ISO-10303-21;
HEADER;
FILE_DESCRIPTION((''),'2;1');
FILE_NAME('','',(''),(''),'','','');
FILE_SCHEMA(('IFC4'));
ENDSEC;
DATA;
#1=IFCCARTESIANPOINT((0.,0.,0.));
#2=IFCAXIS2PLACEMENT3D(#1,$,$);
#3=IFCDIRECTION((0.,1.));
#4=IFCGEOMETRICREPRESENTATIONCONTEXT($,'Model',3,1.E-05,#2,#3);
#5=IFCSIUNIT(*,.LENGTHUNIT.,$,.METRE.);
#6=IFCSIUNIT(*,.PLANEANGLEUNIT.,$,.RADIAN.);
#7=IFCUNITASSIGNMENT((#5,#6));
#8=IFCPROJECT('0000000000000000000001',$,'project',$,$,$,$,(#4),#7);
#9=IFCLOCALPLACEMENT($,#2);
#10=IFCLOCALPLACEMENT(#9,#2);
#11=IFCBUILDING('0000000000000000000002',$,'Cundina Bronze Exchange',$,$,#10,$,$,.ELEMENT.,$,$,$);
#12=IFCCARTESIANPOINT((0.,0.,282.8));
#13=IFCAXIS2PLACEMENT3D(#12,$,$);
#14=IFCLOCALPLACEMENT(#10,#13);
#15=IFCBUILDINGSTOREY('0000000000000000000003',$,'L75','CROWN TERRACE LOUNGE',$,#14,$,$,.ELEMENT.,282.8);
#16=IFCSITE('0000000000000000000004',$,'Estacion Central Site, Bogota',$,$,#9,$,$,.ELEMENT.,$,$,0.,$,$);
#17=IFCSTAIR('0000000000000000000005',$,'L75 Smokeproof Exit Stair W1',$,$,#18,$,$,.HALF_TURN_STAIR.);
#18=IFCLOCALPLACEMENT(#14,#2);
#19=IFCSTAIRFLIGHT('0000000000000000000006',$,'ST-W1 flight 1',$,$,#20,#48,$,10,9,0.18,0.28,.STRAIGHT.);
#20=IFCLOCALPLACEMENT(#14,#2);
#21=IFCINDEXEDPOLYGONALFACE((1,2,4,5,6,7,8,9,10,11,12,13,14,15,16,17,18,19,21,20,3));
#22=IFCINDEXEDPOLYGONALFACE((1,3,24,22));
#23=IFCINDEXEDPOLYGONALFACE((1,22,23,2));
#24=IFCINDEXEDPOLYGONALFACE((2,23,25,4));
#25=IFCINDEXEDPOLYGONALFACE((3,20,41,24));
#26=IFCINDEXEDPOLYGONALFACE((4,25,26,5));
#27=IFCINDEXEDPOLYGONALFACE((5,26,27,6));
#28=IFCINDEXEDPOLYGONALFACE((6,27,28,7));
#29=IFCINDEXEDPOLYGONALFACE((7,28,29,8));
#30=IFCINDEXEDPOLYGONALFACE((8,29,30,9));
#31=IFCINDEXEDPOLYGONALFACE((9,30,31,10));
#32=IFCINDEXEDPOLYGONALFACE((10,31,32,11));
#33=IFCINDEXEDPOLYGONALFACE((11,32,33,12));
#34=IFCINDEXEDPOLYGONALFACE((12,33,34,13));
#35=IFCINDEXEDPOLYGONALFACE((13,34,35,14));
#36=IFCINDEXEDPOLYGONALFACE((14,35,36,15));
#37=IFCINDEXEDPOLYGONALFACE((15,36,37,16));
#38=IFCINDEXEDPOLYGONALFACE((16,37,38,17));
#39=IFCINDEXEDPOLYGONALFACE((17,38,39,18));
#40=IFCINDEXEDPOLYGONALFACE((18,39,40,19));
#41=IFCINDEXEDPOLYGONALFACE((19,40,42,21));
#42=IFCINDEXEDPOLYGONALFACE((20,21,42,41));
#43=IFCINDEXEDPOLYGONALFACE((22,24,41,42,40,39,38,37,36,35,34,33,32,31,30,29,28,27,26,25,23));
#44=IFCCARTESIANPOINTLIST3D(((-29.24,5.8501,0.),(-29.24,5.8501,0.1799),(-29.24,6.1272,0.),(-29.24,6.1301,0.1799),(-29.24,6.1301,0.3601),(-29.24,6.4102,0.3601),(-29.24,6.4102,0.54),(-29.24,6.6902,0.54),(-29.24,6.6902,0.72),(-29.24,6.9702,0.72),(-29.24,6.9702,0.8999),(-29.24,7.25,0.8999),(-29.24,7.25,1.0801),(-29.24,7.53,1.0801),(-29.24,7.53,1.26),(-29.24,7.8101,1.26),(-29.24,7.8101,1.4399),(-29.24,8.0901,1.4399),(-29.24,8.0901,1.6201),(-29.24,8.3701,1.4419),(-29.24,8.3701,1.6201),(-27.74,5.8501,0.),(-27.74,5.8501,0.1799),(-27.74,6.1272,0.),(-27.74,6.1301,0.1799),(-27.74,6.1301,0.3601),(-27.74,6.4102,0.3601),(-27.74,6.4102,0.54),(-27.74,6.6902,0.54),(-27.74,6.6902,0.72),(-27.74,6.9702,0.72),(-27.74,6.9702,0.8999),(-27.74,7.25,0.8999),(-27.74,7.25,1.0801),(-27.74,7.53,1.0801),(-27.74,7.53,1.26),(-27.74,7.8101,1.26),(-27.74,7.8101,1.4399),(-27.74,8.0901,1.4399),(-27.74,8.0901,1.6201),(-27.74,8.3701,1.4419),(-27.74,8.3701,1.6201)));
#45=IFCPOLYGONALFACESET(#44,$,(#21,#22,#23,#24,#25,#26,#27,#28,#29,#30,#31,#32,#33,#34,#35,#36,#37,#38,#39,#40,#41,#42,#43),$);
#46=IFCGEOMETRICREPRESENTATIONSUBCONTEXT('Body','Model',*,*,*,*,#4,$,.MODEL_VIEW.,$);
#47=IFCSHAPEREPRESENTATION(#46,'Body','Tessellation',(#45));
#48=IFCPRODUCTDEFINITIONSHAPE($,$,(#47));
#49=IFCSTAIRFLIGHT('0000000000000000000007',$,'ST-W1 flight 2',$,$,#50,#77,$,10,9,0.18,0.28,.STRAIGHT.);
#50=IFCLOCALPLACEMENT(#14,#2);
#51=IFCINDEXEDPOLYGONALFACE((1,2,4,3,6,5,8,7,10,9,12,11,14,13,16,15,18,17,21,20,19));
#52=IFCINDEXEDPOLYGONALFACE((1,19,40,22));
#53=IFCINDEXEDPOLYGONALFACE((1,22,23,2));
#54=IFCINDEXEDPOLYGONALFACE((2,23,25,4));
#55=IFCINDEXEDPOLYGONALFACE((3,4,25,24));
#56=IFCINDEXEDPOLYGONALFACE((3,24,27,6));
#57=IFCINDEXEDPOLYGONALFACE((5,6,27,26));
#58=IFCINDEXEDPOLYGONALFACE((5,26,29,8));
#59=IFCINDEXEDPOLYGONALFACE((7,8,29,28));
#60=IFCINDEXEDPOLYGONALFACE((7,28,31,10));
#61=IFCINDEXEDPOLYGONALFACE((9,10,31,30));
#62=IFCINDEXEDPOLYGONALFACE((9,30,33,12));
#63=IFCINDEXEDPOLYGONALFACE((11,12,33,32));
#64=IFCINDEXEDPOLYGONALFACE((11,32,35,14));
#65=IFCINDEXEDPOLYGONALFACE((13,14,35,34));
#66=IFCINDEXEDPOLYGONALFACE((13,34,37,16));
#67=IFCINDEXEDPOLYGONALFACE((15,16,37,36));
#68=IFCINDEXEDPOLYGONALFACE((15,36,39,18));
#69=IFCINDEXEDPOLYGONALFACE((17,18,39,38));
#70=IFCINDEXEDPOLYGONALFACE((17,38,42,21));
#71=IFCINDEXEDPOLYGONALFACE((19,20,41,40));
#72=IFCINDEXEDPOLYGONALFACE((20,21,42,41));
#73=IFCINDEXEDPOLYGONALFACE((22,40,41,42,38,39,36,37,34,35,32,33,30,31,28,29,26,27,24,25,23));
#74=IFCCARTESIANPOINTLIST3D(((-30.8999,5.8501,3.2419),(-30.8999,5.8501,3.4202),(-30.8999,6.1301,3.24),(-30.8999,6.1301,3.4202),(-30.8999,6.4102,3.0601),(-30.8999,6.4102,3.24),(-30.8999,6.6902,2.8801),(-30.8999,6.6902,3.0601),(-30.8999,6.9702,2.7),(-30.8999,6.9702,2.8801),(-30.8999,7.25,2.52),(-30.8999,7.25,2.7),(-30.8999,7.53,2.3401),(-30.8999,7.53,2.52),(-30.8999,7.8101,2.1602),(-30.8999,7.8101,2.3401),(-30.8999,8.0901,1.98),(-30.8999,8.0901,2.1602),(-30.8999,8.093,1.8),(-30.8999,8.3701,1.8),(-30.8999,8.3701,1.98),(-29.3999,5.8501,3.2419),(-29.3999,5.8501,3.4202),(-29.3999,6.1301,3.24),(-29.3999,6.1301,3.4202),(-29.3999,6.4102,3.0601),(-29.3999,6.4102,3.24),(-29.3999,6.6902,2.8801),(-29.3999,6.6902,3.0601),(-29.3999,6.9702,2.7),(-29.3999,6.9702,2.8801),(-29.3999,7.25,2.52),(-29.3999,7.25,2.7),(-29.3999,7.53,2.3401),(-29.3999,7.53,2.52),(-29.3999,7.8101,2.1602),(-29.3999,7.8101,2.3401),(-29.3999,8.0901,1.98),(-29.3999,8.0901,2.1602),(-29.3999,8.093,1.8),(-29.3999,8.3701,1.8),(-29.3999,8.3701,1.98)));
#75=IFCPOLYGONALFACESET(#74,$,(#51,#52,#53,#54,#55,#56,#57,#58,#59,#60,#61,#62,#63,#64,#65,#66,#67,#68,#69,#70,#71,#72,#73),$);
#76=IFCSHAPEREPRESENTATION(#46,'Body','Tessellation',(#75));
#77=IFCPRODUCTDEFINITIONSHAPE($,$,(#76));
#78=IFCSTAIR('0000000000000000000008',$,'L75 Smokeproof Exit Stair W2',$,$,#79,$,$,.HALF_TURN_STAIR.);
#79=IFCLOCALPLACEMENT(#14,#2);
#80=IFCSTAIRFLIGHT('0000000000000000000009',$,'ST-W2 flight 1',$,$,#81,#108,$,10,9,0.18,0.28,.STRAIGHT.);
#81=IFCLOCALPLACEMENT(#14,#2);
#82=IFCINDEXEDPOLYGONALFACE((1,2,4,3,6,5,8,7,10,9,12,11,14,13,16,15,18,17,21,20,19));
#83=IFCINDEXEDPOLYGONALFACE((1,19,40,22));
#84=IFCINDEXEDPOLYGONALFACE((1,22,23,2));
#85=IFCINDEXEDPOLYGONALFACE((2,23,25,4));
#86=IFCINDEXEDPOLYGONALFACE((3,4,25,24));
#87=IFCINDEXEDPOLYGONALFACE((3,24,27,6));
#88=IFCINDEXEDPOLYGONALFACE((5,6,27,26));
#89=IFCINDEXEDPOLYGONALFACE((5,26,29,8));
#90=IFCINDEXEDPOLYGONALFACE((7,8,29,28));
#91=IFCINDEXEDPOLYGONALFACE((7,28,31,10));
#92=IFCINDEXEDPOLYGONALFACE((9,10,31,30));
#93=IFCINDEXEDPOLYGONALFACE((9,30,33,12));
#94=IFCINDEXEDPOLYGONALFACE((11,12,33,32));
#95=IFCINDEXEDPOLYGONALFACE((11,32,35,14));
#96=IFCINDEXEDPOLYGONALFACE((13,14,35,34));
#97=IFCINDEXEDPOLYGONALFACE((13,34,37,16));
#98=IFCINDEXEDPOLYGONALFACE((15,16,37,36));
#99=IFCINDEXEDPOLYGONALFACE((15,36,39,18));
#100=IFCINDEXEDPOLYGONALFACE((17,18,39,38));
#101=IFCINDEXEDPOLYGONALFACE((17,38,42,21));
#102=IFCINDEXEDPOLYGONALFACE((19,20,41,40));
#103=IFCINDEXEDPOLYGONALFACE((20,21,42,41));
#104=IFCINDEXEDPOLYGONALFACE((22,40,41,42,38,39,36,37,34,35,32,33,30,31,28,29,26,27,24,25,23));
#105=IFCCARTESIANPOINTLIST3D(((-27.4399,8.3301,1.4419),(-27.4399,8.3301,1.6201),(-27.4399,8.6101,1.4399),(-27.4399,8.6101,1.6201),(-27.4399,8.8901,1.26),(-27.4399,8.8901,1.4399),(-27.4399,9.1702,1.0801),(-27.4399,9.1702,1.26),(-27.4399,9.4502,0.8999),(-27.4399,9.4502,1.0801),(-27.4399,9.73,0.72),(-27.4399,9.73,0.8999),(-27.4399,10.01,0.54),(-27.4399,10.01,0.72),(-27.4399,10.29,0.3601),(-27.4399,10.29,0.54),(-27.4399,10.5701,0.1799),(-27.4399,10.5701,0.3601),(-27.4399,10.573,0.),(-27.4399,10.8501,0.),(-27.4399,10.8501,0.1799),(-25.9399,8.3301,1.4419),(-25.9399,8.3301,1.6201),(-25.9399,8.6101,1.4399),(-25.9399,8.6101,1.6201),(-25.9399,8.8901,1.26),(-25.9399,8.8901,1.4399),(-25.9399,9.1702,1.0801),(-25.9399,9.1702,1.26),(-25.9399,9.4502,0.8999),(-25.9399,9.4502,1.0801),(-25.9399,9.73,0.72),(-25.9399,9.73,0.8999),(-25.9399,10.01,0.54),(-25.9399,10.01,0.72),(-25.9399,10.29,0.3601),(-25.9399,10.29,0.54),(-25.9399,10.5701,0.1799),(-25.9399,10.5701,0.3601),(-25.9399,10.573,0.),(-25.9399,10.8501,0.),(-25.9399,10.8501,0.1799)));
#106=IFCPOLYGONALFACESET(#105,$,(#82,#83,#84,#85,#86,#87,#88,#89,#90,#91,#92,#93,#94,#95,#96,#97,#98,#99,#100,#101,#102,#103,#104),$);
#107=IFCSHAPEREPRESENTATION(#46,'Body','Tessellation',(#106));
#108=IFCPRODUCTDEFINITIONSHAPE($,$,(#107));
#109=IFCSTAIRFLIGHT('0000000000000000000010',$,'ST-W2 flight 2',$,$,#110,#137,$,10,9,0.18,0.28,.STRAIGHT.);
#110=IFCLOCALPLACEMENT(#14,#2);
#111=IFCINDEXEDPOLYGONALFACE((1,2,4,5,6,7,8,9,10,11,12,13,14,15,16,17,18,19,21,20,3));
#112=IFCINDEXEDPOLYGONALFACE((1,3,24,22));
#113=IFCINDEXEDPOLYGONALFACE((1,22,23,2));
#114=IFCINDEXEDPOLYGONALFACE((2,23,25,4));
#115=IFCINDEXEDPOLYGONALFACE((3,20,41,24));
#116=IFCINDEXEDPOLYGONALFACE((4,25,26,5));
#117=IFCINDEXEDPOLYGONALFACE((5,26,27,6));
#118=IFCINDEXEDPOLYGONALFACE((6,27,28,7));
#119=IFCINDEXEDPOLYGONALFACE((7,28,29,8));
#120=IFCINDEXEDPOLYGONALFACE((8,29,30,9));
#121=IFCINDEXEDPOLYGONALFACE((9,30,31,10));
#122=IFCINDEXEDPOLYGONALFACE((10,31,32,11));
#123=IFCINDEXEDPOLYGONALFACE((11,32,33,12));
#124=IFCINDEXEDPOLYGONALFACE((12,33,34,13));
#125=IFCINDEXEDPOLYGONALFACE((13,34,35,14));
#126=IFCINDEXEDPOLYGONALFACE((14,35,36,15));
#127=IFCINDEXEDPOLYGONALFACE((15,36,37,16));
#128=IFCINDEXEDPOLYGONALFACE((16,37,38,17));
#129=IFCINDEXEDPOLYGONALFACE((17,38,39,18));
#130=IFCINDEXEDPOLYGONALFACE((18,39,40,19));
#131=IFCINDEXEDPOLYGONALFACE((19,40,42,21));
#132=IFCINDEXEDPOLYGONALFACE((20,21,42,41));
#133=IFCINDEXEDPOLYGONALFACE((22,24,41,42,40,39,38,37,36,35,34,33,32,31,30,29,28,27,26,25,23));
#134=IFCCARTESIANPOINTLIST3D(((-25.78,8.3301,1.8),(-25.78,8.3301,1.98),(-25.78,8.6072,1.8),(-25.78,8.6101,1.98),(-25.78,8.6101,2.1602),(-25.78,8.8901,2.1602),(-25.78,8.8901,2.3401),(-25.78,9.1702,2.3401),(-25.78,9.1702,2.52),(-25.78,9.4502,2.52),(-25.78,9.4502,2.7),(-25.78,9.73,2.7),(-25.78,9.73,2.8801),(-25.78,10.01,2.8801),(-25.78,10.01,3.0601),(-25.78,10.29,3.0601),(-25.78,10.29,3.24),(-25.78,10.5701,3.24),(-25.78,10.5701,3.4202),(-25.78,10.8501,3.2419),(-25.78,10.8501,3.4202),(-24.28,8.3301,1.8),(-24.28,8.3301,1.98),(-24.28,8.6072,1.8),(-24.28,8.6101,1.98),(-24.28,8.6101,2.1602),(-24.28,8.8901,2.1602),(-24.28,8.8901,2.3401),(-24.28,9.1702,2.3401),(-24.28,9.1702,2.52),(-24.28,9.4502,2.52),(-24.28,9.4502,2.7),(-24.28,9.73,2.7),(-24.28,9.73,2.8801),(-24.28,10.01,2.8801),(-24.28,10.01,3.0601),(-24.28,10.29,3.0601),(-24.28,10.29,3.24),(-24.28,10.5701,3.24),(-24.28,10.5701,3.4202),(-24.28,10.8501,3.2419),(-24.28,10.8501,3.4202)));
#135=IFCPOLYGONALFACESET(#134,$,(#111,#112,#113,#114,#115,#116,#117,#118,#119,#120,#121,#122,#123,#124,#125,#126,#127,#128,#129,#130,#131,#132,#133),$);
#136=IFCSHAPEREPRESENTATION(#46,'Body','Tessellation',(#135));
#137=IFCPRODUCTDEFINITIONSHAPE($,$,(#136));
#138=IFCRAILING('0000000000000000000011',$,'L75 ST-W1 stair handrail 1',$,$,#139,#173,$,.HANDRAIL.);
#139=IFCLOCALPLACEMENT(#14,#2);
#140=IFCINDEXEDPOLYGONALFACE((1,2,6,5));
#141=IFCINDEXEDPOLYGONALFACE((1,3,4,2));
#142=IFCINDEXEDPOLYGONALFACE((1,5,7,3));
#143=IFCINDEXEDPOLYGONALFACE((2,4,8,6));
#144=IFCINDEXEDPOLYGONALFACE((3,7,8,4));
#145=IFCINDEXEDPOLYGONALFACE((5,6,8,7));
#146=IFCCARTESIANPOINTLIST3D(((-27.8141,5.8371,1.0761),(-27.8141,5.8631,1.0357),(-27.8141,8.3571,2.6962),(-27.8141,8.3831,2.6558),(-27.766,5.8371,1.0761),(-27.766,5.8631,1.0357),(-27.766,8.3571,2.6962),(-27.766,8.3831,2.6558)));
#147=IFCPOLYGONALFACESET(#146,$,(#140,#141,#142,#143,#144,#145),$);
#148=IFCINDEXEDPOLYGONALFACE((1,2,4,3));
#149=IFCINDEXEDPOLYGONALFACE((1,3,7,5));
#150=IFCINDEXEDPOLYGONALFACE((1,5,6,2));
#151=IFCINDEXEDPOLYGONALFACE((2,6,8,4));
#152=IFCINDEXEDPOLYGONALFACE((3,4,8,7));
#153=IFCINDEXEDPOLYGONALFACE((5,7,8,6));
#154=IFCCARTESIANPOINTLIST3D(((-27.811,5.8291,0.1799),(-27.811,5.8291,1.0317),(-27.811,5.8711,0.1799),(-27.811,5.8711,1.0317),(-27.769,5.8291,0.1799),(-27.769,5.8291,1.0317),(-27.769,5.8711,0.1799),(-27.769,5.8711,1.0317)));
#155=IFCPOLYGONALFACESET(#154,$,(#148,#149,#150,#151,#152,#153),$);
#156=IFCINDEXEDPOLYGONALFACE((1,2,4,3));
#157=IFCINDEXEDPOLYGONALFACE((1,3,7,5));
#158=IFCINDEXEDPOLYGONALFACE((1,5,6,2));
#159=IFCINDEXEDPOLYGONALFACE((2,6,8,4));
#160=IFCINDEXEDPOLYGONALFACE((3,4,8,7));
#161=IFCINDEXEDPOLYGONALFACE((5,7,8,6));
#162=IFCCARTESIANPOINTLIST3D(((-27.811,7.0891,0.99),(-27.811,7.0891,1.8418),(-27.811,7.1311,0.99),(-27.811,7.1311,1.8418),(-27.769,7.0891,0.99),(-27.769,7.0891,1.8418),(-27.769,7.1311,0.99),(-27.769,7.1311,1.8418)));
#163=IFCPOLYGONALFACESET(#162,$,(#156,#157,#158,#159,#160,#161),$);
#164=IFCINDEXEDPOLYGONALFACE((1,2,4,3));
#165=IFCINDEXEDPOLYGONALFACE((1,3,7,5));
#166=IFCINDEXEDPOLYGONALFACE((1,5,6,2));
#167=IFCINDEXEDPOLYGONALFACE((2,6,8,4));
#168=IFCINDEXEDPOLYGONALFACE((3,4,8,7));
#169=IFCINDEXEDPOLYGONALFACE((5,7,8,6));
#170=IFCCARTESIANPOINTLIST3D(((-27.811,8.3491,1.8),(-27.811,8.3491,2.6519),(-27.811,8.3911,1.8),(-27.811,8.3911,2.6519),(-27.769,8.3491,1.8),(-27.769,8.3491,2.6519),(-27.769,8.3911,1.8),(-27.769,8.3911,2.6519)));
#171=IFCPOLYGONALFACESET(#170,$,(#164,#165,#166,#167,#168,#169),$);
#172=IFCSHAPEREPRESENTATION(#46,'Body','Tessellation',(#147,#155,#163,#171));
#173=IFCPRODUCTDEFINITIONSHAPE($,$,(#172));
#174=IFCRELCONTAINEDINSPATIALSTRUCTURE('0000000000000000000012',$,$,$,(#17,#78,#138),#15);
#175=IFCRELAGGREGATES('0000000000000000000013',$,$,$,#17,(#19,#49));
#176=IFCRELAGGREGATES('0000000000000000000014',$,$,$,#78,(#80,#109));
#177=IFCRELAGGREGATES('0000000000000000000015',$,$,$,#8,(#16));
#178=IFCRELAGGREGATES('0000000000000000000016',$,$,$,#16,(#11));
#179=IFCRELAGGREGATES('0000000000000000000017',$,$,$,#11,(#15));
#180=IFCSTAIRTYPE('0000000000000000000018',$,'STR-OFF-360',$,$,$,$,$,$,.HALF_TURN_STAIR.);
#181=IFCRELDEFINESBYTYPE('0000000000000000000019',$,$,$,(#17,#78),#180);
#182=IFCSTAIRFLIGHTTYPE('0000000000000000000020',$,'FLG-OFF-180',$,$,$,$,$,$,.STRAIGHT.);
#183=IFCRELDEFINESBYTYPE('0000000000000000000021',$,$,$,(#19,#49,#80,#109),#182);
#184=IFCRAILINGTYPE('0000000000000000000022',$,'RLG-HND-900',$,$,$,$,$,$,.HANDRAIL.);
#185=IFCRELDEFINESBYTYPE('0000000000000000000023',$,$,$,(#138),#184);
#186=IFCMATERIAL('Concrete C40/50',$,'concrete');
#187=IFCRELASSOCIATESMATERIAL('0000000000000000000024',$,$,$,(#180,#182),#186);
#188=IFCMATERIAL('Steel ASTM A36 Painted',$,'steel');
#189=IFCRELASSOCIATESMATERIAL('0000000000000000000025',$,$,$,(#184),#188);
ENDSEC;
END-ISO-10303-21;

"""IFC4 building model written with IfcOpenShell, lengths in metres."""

from ifc_helpers import new_model, si_unit, direction, frame, origin, origin_2d, place, context, subcontext, project, spatial, polyline, rectangle, outline, extrude, material, type_object, element, aggregate, save


model = new_model("IFC4")

# Units and contexts
model_context = context("Model", 3, precision=1e-05, world=origin(), true_north=direction((0.0, 1.0)))
body_context = subcontext(model_context, "Body", "Model", "MODEL_VIEW")
ifc_project = project(units=[si_unit("LENGTHUNIT", "METRE"), si_unit("PLANEANGLEUNIT", "RADIAN")], contexts=[model_context])

# Site, building, storey
site_placement = place(None, origin())
site = spatial("IfcSite", under=ifc_project, at=site_placement, Name="Estacion Central Site, Bogota", CompositionType="ELEMENT", RefElevation=0.0)
building_placement = place(site_placement, origin())
building = spatial("IfcBuilding", under=site, at=building_placement, Name="Cundina Bronze Exchange", CompositionType="ELEMENT")
storey_placement = place(building_placement, frame((0.0, 0.0, 282.8)))
storey = spatial("IfcBuildingStorey", under=building, at=storey_placement, Name="L75", Description="CROWN TERRACE LOUNGE", CompositionType="ELEMENT", Elevation=282.8)

# Shared definitions
ifc_material_1 = material(Name="Steel ASTM A36 Painted", Category="steel")

# Stairs, stair flights
ifc_material_2 = material(Name="Concrete C40/50", Category="concrete")
stair_type = type_object("IfcStairType", Name="STR-OFF-360", PredefinedType="HALF_TURN_STAIR", material=ifc_material_2)
stair_1_placement = place(storey_placement, origin())
stair_1 = element("IfcStair", 1, at=stair_1_placement, inside=storey, type_object=stair_type, Name="L75 Smokeproof Exit Stair W1", PredefinedType="HALF_TURN_STAIR")
stair_flight_type = type_object("IfcStairFlightType", Name="FLG-OFF-180", PredefinedType="STRAIGHT", material=ifc_material_2)
stair_flight_1_placement = place(storey_placement, frame((-28.49, 5.8501, 0.0), z_axis=(0.0, 0.0, 1.0), x_axis=(0.0, 1.0, 0.0)))
stair_flight_1 = element("IfcStairFlight", 2, at=stair_flight_1_placement, type_object=stair_flight_type, Name="ST-W1 flight 1", NumberOfRisers=10, NumberOfTreads=9, PredefinedType="STRAIGHT", RiserHeight=0.18, TreadLength=0.28, context=body_context, shape_type="SweptSolid", body=[
    extrude(outline(polyline([(0.0, 0.0), (0.0, 0.1799), (0.28, 0.1799), (0.28, 0.3601), (0.5601, 0.3601), (0.5601, 0.54), (0.8401, 0.54), (0.8401, 0.72), (1.1201, 0.72), (1.1201, 0.8999), (1.3999, 0.8999), (1.3999, 1.0801), (1.6799, 1.0801), (1.6799, 1.26), (1.96, 1.26), (1.96, 1.4399), (2.24, 1.4399), (2.24, 1.6201), (2.52, 1.6201), (2.52, 1.8), (2.52, 1.4419), (0.2771, 0.0), (0.0, 0.0)])), frame((0.0, 0.75, 0.0), z_axis=(0.0, -1.0, 0.0), x_axis=(1.0, 0.0, 0.0)), (0.0, 0.0, 1.0), 1.5),
])
stair_flight_2_placement = place(storey_placement, frame((-30.1499, 8.3701, 1.8), z_axis=(0.0, 0.0, 1.0), x_axis=(0.0, -1.0, 0.0)))
stair_flight_2 = element("IfcStairFlight", 3, at=stair_flight_2_placement, type_object=stair_flight_type, Name="ST-W1 flight 2", NumberOfRisers=10, NumberOfTreads=9, PredefinedType="STRAIGHT", RiserHeight=0.18, TreadLength=0.28, context=body_context, shape_type="SweptSolid", body=[
    extrude(outline(polyline([(0.0, 0.0), (0.0, 0.1799), (0.28, 0.1799), (0.28, 0.3601), (0.5601, 0.3601), (0.5601, 0.54), (0.8401, 0.54), (0.8401, 0.72), (1.1201, 0.72), (1.1201, 0.8999), (1.3999, 0.8999), (1.3999, 1.0801), (1.6799, 1.0801), (1.6799, 1.26), (1.96, 1.26), (1.96, 1.4399), (2.24, 1.4399), (2.24, 1.6201), (2.52, 1.6201), (2.52, 1.8), (2.52, 1.4419), (0.2771, 0.0), (0.0, 0.0)])), frame((0.0, 0.75, 0.0), z_axis=(0.0, -1.0, 0.0), x_axis=(1.0, 0.0, 0.0)), (0.0, 0.0, 1.0), 1.5),
])
aggregate(stair_1, [stair_flight_1, stair_flight_2])
stair_2_placement = place(storey_placement, origin())
stair_2 = element("IfcStair", 4, at=stair_2_placement, inside=storey, type_object=stair_type, Name="L75 Smokeproof Exit Stair W2", PredefinedType="HALF_TURN_STAIR")
stair_flight_3_placement = place(storey_placement, frame((-26.6899, 10.8501, 0.0), z_axis=(0.0, 0.0, 1.0), x_axis=(0.0, -1.0, 0.0)))
stair_flight_3 = element("IfcStairFlight", 5, at=stair_flight_3_placement, type_object=stair_flight_type, Name="ST-W2 flight 1", NumberOfRisers=10, NumberOfTreads=9, PredefinedType="STRAIGHT", RiserHeight=0.18, TreadLength=0.28, context=body_context, shape_type="SweptSolid", body=[
    extrude(outline(polyline([(0.0, 0.0), (0.0, 0.1799), (0.28, 0.1799), (0.28, 0.3601), (0.5601, 0.3601), (0.5601, 0.54), (0.8401, 0.54), (0.8401, 0.72), (1.1201, 0.72), (1.1201, 0.8999), (1.3999, 0.8999), (1.3999, 1.0801), (1.6799, 1.0801), (1.6799, 1.26), (1.96, 1.26), (1.96, 1.4399), (2.24, 1.4399), (2.24, 1.6201), (2.52, 1.6201), (2.52, 1.8), (2.52, 1.4419), (0.2771, 0.0), (0.0, 0.0)])), frame((0.0, 0.75, 0.0), z_axis=(0.0, -1.0, 0.0), x_axis=(1.0, 0.0, 0.0)), (0.0, 0.0, 1.0), 1.5),
])
stair_flight_4_placement = place(storey_placement, frame((-25.03, 8.3301, 1.8), z_axis=(0.0, 0.0, 1.0), x_axis=(0.0, 1.0, 0.0)))
stair_flight_4 = element("IfcStairFlight", 6, at=stair_flight_4_placement, type_object=stair_flight_type, Name="ST-W2 flight 2", NumberOfRisers=10, NumberOfTreads=9, PredefinedType="STRAIGHT", RiserHeight=0.18, TreadLength=0.28, context=body_context, shape_type="SweptSolid", body=[
    extrude(outline(polyline([(0.0, 0.0), (0.0, 0.1799), (0.28, 0.1799), (0.28, 0.3601), (0.5601, 0.3601), (0.5601, 0.54), (0.8401, 0.54), (0.8401, 0.72), (1.1201, 0.72), (1.1201, 0.8999), (1.3999, 0.8999), (1.3999, 1.0801), (1.6799, 1.0801), (1.6799, 1.26), (1.96, 1.26), (1.96, 1.4399), (2.24, 1.4399), (2.24, 1.6201), (2.52, 1.6201), (2.52, 1.8), (2.52, 1.4419), (0.2771, 0.0), (0.0, 0.0)])), frame((0.0, 0.75, 0.0), z_axis=(0.0, -1.0, 0.0), x_axis=(1.0, 0.0, 0.0)), (0.0, 0.0, 1.0), 1.5),
])
aggregate(stair_2, [stair_flight_3, stair_flight_4])

# Railing
railing_type_1 = type_object("IfcRailingType", Name="RLG-HND-900", PredefinedType="HANDRAIL", material=ifc_material_1)
railing_1_placement = place(storey_placement, frame((-27.79, 5.8501, 0.1799)))
element("IfcRailing", 7, at=railing_1_placement, inside=storey, type_object=railing_type_1, Name="L75 ST-W1 stair handrail 1", PredefinedType="HANDRAIL", context=body_context, shape_type="SweptSolid", body=[
    extrude(rectangle(XDim=0.0481, YDim=0.0481, at=origin_2d()), frame((0.0, 0.0, 0.876), z_axis=(0.0, 0.841163, 0.540782), x_axis=(-1.0, 0.0, 0.0)), (0.0, 0.0, 1.0), 2.9958),
    extrude(rectangle(XDim=0.042, YDim=0.042, at=origin_2d()), origin(), (0.0, 0.0, 1.0), 0.8518),
    extrude(rectangle(XDim=0.042, YDim=0.042, at=origin_2d()), frame((0.0, 1.26, 0.8101)), (0.0, 0.0, 1.0), 0.8518),
    extrude(rectangle(XDim=0.042, YDim=0.042, at=origin_2d()), frame((0.0, 2.52, 1.6201)), (0.0, 0.0, 1.0), 0.8518),
])

save(model, "model.ifc")
